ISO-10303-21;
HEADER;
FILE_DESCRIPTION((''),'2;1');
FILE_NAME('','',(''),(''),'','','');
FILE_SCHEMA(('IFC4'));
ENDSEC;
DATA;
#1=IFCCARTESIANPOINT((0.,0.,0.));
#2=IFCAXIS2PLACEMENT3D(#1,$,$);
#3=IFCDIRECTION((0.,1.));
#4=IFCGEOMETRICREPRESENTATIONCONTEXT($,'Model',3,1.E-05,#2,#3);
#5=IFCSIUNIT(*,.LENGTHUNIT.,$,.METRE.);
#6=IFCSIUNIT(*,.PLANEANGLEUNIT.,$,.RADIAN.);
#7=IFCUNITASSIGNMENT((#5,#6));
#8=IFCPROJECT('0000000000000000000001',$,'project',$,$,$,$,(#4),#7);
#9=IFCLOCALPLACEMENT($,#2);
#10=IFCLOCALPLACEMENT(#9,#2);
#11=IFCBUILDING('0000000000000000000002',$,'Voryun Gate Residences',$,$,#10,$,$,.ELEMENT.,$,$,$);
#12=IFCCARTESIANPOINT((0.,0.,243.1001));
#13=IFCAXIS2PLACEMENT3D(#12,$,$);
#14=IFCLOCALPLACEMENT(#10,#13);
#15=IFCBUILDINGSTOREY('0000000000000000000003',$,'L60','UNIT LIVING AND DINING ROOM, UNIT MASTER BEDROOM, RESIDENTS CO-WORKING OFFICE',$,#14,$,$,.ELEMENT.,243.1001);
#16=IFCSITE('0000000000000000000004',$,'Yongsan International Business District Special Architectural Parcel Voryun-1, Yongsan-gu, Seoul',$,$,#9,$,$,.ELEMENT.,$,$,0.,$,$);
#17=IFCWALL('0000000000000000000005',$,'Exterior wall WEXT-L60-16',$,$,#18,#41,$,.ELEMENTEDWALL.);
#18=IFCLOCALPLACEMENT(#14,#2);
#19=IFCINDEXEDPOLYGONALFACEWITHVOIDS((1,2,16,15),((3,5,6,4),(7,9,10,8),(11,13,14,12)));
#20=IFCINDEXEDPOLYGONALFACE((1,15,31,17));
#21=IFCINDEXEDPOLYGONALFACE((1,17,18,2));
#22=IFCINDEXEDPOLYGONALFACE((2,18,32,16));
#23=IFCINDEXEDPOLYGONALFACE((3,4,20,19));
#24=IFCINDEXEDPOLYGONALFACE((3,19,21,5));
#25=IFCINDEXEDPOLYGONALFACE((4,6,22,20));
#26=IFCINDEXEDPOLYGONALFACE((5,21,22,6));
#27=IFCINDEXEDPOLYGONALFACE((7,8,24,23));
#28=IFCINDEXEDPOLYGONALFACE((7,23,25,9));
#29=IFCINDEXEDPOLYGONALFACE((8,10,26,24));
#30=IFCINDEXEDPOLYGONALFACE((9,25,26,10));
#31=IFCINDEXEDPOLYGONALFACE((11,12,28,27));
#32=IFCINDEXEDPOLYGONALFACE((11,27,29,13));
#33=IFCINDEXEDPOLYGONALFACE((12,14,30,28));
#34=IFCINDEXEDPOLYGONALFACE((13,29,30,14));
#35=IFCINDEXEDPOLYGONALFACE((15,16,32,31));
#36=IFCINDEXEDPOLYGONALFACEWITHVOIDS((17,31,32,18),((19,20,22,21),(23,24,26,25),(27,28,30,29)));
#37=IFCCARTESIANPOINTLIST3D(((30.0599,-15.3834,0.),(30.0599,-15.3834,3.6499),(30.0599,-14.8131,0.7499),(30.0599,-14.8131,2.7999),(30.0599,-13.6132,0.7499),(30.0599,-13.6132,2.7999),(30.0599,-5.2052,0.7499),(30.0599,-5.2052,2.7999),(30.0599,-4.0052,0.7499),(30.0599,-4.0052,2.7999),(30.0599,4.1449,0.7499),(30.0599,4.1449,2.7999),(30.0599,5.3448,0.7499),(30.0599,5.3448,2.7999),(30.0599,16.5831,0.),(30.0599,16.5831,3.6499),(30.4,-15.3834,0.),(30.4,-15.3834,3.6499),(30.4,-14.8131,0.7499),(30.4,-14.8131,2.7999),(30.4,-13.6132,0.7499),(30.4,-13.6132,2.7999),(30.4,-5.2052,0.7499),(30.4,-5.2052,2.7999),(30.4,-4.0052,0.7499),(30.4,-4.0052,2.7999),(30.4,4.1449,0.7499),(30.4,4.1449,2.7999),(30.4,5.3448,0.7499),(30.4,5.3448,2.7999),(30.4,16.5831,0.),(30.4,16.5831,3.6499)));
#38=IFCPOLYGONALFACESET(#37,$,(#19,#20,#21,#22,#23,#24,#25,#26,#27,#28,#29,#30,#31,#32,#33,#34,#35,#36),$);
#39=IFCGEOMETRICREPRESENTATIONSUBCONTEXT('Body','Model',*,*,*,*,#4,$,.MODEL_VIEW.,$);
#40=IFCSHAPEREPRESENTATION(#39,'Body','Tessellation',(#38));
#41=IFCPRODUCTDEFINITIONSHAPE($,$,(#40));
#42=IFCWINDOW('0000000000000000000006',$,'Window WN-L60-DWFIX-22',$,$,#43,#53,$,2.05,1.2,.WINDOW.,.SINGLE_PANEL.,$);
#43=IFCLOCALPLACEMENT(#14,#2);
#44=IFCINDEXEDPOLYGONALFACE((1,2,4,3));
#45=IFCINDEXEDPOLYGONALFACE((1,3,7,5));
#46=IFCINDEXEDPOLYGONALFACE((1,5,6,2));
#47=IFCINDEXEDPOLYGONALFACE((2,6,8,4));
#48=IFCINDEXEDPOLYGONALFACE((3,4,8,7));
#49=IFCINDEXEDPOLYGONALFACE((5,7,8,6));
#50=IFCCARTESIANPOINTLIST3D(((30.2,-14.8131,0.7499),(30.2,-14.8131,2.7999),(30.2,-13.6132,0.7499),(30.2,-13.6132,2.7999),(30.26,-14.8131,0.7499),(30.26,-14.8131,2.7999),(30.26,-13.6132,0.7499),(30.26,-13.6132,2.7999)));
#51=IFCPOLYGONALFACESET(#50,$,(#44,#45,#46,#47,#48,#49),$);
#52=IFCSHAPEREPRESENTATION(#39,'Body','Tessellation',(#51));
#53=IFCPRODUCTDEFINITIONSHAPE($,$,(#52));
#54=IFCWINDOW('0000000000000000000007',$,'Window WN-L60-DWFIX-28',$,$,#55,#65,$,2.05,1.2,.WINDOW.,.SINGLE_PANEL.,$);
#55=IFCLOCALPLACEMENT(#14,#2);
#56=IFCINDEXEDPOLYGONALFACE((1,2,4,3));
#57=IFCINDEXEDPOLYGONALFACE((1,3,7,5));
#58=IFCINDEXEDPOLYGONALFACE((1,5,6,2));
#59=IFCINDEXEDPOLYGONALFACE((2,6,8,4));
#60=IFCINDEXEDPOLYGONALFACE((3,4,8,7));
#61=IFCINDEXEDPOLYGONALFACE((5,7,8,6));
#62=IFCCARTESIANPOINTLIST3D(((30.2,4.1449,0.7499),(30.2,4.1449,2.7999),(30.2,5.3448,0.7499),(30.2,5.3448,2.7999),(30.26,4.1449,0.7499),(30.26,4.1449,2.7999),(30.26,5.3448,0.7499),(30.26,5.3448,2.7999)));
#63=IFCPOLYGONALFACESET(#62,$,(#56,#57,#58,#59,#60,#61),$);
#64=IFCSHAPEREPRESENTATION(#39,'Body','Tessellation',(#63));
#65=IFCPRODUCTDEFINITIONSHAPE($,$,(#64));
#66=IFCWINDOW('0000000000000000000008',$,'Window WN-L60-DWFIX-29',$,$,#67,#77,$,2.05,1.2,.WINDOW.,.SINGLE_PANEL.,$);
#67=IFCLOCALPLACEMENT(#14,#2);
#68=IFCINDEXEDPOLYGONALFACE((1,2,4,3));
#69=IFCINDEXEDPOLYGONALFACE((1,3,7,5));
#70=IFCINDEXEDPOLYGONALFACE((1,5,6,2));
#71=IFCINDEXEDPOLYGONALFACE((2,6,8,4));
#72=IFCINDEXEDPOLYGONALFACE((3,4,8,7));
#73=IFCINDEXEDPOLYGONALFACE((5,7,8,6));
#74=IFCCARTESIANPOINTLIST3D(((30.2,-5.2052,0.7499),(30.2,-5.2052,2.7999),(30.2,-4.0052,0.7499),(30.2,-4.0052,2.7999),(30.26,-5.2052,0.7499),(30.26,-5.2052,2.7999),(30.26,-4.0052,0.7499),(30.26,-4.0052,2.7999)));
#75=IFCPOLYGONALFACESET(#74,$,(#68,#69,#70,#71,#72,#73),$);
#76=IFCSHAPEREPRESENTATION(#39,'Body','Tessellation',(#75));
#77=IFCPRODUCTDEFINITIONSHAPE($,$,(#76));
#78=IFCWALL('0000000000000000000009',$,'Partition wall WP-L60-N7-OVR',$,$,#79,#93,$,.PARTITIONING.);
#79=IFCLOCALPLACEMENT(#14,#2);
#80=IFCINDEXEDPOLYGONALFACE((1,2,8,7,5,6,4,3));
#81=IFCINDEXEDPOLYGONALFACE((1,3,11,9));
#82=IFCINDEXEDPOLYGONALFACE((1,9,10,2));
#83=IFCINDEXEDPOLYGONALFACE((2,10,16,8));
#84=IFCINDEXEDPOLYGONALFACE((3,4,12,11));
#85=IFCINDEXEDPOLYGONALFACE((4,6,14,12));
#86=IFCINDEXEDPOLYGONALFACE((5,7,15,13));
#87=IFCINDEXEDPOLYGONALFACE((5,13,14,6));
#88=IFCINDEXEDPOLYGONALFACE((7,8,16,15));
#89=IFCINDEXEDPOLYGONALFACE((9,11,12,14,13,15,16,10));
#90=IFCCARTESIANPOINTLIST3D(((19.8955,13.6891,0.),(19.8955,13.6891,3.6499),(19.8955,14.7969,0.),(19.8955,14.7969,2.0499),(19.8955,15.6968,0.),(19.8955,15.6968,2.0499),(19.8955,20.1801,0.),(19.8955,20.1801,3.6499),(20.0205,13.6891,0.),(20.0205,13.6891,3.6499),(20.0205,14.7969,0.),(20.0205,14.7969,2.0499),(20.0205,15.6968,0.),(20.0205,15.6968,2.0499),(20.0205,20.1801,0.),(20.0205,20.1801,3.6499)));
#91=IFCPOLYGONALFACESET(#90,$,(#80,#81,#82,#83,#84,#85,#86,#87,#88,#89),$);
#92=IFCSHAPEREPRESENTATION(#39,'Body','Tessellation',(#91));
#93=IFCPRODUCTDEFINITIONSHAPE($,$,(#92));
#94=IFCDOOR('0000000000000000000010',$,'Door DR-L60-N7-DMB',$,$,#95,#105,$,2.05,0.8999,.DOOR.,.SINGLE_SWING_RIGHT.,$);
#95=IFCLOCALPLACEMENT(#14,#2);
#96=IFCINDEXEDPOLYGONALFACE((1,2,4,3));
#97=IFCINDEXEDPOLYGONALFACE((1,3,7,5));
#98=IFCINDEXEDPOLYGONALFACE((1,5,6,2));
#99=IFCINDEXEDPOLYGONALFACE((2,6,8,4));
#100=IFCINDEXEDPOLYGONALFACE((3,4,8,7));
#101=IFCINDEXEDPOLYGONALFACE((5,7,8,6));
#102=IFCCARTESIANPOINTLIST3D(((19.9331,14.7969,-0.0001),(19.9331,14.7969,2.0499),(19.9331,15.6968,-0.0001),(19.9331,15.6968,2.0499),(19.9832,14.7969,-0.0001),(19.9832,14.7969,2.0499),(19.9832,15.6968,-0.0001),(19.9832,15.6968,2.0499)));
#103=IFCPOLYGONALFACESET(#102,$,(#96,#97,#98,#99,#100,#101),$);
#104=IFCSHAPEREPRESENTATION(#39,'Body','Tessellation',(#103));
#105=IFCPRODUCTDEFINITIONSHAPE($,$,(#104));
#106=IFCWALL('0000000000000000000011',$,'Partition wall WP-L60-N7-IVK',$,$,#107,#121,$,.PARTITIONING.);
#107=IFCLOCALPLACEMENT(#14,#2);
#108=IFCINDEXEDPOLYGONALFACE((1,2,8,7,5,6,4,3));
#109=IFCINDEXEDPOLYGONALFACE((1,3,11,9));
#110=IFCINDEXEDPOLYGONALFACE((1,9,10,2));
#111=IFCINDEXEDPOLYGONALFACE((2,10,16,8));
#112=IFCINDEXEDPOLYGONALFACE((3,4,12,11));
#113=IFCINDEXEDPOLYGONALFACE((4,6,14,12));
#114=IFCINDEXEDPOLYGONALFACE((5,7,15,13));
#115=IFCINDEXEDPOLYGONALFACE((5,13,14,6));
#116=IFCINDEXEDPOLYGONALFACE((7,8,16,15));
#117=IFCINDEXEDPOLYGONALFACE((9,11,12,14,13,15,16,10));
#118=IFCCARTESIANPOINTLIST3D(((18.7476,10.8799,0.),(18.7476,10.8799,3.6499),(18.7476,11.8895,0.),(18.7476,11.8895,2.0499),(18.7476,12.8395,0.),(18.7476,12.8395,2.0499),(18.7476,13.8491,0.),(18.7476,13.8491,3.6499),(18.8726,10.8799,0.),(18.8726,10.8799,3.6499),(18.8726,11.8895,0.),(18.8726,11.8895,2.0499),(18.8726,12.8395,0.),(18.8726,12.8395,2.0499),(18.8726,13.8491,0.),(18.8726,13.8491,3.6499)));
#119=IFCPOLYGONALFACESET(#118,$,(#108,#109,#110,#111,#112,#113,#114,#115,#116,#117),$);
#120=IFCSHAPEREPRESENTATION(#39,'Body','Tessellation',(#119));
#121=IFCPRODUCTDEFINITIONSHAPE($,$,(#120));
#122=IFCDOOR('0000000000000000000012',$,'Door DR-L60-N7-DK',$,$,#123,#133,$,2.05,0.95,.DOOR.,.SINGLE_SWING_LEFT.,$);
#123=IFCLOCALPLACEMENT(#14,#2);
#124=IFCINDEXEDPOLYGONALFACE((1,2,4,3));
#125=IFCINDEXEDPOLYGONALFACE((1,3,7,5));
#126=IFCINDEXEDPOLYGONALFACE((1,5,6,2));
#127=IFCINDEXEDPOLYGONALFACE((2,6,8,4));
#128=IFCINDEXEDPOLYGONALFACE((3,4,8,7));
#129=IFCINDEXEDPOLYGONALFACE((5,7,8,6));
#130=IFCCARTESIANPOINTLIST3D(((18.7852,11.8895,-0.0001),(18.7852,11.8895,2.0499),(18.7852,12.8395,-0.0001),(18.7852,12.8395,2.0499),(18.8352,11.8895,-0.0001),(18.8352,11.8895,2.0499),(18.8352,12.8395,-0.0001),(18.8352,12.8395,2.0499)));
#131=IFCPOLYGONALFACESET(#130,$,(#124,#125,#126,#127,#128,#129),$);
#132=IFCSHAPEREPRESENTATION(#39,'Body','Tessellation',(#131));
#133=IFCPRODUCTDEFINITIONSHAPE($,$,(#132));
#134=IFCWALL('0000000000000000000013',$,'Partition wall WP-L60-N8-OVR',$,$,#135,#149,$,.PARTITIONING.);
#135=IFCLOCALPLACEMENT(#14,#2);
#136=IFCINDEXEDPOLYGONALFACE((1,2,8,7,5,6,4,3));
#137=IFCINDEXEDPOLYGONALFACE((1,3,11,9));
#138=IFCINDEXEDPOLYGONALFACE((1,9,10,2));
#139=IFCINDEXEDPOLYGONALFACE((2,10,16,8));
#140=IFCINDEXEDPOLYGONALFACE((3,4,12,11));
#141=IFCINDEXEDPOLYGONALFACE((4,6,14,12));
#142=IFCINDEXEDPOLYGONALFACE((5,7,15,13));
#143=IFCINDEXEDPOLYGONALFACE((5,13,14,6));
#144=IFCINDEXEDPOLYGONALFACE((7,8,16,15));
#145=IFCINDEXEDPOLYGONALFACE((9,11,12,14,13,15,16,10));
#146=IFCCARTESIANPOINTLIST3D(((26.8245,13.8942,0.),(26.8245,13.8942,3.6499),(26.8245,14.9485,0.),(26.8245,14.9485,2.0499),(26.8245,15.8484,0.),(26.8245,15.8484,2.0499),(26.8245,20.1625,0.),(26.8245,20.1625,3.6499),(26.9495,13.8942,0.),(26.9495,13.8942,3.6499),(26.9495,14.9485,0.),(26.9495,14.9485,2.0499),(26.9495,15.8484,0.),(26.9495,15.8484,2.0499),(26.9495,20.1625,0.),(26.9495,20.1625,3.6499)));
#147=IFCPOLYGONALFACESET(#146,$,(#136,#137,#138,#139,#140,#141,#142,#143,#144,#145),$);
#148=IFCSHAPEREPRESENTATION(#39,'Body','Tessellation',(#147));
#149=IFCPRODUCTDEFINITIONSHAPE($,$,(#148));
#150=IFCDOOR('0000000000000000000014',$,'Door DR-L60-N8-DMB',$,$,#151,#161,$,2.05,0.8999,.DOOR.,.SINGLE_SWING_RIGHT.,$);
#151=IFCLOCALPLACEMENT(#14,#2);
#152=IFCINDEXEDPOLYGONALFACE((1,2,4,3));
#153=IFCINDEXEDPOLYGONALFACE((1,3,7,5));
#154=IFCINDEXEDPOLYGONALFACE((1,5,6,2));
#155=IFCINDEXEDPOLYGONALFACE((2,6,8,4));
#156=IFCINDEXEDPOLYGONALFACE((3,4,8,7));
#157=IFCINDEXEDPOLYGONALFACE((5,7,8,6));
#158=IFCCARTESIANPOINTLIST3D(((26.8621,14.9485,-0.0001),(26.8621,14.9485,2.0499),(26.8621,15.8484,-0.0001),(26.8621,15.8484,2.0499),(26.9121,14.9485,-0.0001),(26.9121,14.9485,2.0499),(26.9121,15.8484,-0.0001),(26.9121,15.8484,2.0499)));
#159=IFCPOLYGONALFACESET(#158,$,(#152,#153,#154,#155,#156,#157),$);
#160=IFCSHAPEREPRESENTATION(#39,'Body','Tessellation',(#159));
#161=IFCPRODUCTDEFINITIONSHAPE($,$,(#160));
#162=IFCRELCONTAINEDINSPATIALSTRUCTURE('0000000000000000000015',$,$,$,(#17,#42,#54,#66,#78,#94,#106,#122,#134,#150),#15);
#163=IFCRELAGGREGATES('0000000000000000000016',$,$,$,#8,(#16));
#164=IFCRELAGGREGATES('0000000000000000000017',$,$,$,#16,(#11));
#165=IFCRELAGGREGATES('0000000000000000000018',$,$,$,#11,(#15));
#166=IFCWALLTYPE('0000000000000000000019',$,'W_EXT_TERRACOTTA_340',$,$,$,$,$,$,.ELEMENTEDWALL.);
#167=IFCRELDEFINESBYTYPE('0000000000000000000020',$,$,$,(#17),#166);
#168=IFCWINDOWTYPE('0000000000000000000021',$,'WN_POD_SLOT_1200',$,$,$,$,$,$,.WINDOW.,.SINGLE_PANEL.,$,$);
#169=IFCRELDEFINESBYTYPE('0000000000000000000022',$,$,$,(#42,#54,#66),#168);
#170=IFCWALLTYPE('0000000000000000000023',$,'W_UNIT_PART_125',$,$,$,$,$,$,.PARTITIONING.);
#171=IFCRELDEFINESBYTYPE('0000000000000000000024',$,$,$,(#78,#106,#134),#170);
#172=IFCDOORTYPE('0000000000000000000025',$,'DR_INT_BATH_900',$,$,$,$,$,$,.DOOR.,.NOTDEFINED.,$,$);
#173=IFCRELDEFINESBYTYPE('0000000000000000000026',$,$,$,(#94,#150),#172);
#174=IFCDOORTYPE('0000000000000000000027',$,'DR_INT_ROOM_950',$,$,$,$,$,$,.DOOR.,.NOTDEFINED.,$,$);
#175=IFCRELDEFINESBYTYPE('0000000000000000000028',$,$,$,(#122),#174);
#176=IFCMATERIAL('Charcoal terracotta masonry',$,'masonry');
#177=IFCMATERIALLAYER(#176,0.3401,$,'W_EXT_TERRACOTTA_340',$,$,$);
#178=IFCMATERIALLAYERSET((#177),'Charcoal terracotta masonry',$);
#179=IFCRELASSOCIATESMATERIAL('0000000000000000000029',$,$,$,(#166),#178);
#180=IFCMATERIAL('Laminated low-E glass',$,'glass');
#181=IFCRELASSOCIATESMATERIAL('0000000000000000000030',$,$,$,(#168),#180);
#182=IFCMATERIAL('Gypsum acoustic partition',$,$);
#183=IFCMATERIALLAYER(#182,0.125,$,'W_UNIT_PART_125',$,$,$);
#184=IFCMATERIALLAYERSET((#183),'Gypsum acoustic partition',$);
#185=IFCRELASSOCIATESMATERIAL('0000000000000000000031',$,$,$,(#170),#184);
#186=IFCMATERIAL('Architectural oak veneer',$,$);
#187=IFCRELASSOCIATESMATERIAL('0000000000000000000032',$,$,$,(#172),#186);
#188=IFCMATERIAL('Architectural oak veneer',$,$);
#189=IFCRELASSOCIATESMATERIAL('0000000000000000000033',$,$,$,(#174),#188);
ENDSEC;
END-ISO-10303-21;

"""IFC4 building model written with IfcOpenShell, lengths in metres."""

from ifc_helpers import new_model, si_unit, direction, frame, frame_2d, origin, place, context, subcontext, project, spatial, rectangle, extrude, material, layer, layer_set, type_object, element, fill, save


model = new_model("IFC4")

# Units and contexts
model_context = context("Model", 3, precision=1e-05, world=origin(), true_north=direction((0.0, 1.0)))
body_context = subcontext(model_context, "Body", "Model", "MODEL_VIEW")
ifc_project = project(units=[si_unit("LENGTHUNIT", "METRE"), si_unit("PLANEANGLEUNIT", "RADIAN")], contexts=[model_context])

# Site, building, storey
site_placement = place(None, origin())
site = spatial("IfcSite", under=ifc_project, at=site_placement, Name="Yongsan International Business District Special Architectural Parcel Voryun-1, Yongsan-gu, Seoul", CompositionType="ELEMENT", RefElevation=0.0)
building_placement = place(site_placement, origin())
building = spatial("IfcBuilding", under=site, at=building_placement, Name="Voryun Gate Residences", CompositionType="ELEMENT")
storey_placement = place(building_placement, frame((0.0, 0.0, 243.1001)))
storey = spatial("IfcBuildingStorey", under=building, at=storey_placement, Name="L60", Description="UNIT LIVING AND DINING ROOM, UNIT MASTER BEDROOM, RESIDENTS CO-WORKING OFFICE", CompositionType="ELEMENT", Elevation=243.1001)

# Shared definitions
ifc_material_1 = material(Name="Charcoal terracotta masonry", Category="masonry")
ifc_layer_1 = layer(ifc_material_1, 0.3401, Name="W_EXT_TERRACOTTA_340")
ifc_layer_set_1 = layer_set([ifc_layer_1], Name="Charcoal terracotta masonry")
wall_type_1 = type_object("IfcWallType", Name="W_EXT_TERRACOTTA_340", PredefinedType="ELEMENTEDWALL", material=ifc_layer_set_1)

# Wall, openings, windows
wall_1_placement = place(storey_placement, frame((30.23, 16.5833, 0.0), z_axis=(0.0, 0.0, 1.0), x_axis=(0.0, -1.0, 0.0)))
wall_1 = element("IfcWall", 1, at=wall_1_placement, inside=storey, type_object=wall_type_1, Name="Exterior wall WEXT-L60-16", PredefinedType="ELEMENTEDWALL", context=body_context, shape_type="SweptSolid", body=[
    extrude(rectangle(XDim=31.9666, YDim=0.3401, at=frame_2d((15.9834, 0.0))), origin(), (0.0, 0.0, 1.0), 3.6499),
])
opening_1_placement = place(wall_1_placement, frame((30.1963, 0.0, 0.75)))
opening_1 = element("IfcOpeningElement", 2, at=opening_1_placement, cuts=wall_1, PredefinedType="OPENING", context=body_context, shape_type="SweptSolid", body=[
    extrude(rectangle(XDim=1.2, YDim=2.05, at=frame_2d((0.6001, 1.0249))), frame((0.0, 0.1799, 0.0), z_axis=(0.0, -1.0, 0.0), x_axis=(1.0, 0.0, 0.0)), (0.0, 0.0, 1.0), 0.3601),
])
opening_2_placement = place(wall_1_placement, frame((11.2383, 0.0, 0.75)))
opening_2 = element("IfcOpeningElement", 3, at=opening_2_placement, cuts=wall_1, PredefinedType="OPENING", context=body_context, shape_type="SweptSolid", body=[
    extrude(rectangle(XDim=1.2, YDim=2.05, at=frame_2d((0.6001, 1.0249))), frame((0.0, 0.1799, 0.0), z_axis=(0.0, -1.0, 0.0), x_axis=(1.0, 0.0, 0.0)), (0.0, 0.0, 1.0), 0.3601),
])
opening_3_placement = place(wall_1_placement, frame((20.5884, 0.0, 0.75)))
opening_3 = element("IfcOpeningElement", 4, at=opening_3_placement, cuts=wall_1, PredefinedType="OPENING", context=body_context, shape_type="SweptSolid", body=[
    extrude(rectangle(XDim=1.2, YDim=2.05, at=frame_2d((0.6001, 1.0249))), frame((0.0, 0.1799, 0.0), z_axis=(0.0, -1.0, 0.0), x_axis=(1.0, 0.0, 0.0)), (0.0, 0.0, 1.0), 0.3601),
])
ifc_material_2 = material(Name="Laminated low-E glass", Category="glass")
window_type_1 = type_object("IfcWindowType", Name="WN_POD_SLOT_1200", PartitioningType="SINGLE_PANEL", PredefinedType="WINDOW", material=ifc_material_2)
window_1_placement = place(opening_1_placement, origin())
window_1 = element("IfcWindow", 5, at=window_1_placement, inside=storey, type_object=window_type_1, Name="Window WN-L60-DWFIX-22", OverallHeight=2.05, OverallWidth=1.2, PartitioningType="SINGLE_PANEL", PredefinedType="WINDOW", context=body_context, shape_type="SweptSolid", body=[
    extrude(rectangle(XDim=1.2, YDim=2.05, at=frame_2d((0.6001, 1.0249))), frame((0.0, 0.03, 0.0), z_axis=(0.0, -1.0, 0.0), x_axis=(1.0, 0.0, 0.0)), (0.0, 0.0, 1.0), 0.0601),
])
fill(opening_1, window_1)
window_2_placement = place(opening_2_placement, origin())
window_2 = element("IfcWindow", 6, at=window_2_placement, inside=storey, type_object=window_type_1, Name="Window WN-L60-DWFIX-28", OverallHeight=2.05, OverallWidth=1.2, PartitioningType="SINGLE_PANEL", PredefinedType="WINDOW", context=body_context, shape_type="SweptSolid", body=[
    extrude(rectangle(XDim=1.2, YDim=2.05, at=frame_2d((0.6001, 1.0249))), frame((0.0, 0.03, 0.0), z_axis=(0.0, -1.0, 0.0), x_axis=(1.0, 0.0, 0.0)), (0.0, 0.0, 1.0), 0.0601),
])
fill(opening_2, window_2)
window_3_placement = place(opening_3_placement, origin())
window_3 = element("IfcWindow", 7, at=window_3_placement, inside=storey, type_object=window_type_1, Name="Window WN-L60-DWFIX-29", OverallHeight=2.05, OverallWidth=1.2, PartitioningType="SINGLE_PANEL", PredefinedType="WINDOW", context=body_context, shape_type="SweptSolid", body=[
    extrude(rectangle(XDim=1.2, YDim=2.05, at=frame_2d((0.6001, 1.0249))), frame((0.0, 0.03, 0.0), z_axis=(0.0, -1.0, 0.0), x_axis=(1.0, 0.0, 0.0)), (0.0, 0.0, 1.0), 0.0601),
])
fill(opening_3, window_3)

# Walls, openings, doors
ifc_material_3 = material(Name="Gypsum acoustic partition")
ifc_layer_2 = layer(ifc_material_3, 0.125, Name="W_UNIT_PART_125")
ifc_layer_set_2 = layer_set([ifc_layer_2], Name="Gypsum acoustic partition")
wall_type_2 = type_object("IfcWallType", Name="W_UNIT_PART_125", PredefinedType="PARTITIONING", material=ifc_layer_set_2)
wall_2_placement = place(storey_placement, frame((19.958, 13.689, 0.0), z_axis=(0.0, 0.0, 1.0), x_axis=(0.0, 1.0, 0.0)))
wall_2 = element("IfcWall", 8, at=wall_2_placement, inside=storey, type_object=wall_type_2, Name="Partition wall WP-L60-N7-OVR", PredefinedType="PARTITIONING", context=body_context, shape_type="SweptSolid", body=[
    extrude(rectangle(XDim=6.491, YDim=0.125, at=frame_2d((3.2456, 0.0))), origin(), (0.0, 0.0, 1.0), 3.6499),
])
opening_4_placement = place(wall_2_placement, frame((1.1079, 0.0, 0.0)))
opening_4 = element("IfcOpeningElement", 9, at=opening_4_placement, cuts=wall_2, PredefinedType="OPENING", context=body_context, shape_type="SweptSolid", body=[
    extrude(rectangle(XDim=0.8999, YDim=2.05, at=frame_2d((0.45, 1.0249))), frame((0.0, 0.0725, 0.0), z_axis=(0.0, -1.0, 0.0), x_axis=(1.0, 0.0, 0.0)), (0.0, 0.0, 1.0), 0.145),
])
ifc_material_4 = material(Name="Architectural oak veneer")
door_type_1 = type_object("IfcDoorType", Name="DR_INT_BATH_900", OperationType="NOTDEFINED", PredefinedType="DOOR", material=ifc_material_4)
door_1_placement = place(opening_4_placement, origin())
door_1 = element("IfcDoor", 10, at=door_1_placement, inside=storey, type_object=door_type_1, Name="Door DR-L60-N7-DMB", OperationType="SINGLE_SWING_RIGHT", OverallHeight=2.05, OverallWidth=0.8999, PredefinedType="DOOR", context=body_context, shape_type="SweptSolid", body=[
    extrude(rectangle(XDim=0.8999, YDim=2.05, at=frame_2d((0.45, 1.0249))), frame((0.0, 0.0249, 0.0), z_axis=(0.0, -1.0, 0.0), x_axis=(1.0, 0.0, 0.0)), (0.0, 0.0, 1.0), 0.05),
])
fill(opening_4, door_1)
wall_3_placement = place(storey_placement, frame((18.8101, 10.8799, 0.0), z_axis=(0.0, 0.0, 1.0), x_axis=(0.0, 1.0, 0.0)))
wall_3 = element("IfcWall", 11, at=wall_3_placement, inside=storey, type_object=wall_type_2, Name="Partition wall WP-L60-N7-IVK", PredefinedType="PARTITIONING", context=body_context, shape_type="SweptSolid", body=[
    extrude(rectangle(XDim=2.9692, YDim=0.125, at=frame_2d((1.4846, 0.0))), origin(), (0.0, 0.0, 1.0), 3.6499),
])
opening_5_placement = place(wall_3_placement, frame((1.0095, 0.0, 0.0)))
opening_5 = element("IfcOpeningElement", 12, at=opening_5_placement, cuts=wall_3, PredefinedType="OPENING", context=body_context, shape_type="SweptSolid", body=[
    extrude(rectangle(XDim=0.95, YDim=2.05, at=frame_2d((0.4751, 1.0249))), frame((0.0, 0.0725, 0.0), z_axis=(0.0, -1.0, 0.0), x_axis=(1.0, 0.0, 0.0)), (0.0, 0.0, 1.0), 0.145),
])
ifc_material_5 = material(Name="Architectural oak veneer")
door_type_2 = type_object("IfcDoorType", Name="DR_INT_ROOM_950", OperationType="NOTDEFINED", PredefinedType="DOOR", material=ifc_material_5)
door_2_placement = place(opening_5_placement, origin())
door_2 = element("IfcDoor", 13, at=door_2_placement, inside=storey, type_object=door_type_2, Name="Door DR-L60-N7-DK", OperationType="SINGLE_SWING_LEFT", OverallHeight=2.05, OverallWidth=0.95, PredefinedType="DOOR", context=body_context, shape_type="SweptSolid", body=[
    extrude(rectangle(XDim=0.95, YDim=2.05, at=frame_2d((0.4751, 1.0249))), frame((0.0, 0.0249, 0.0), z_axis=(0.0, -1.0, 0.0), x_axis=(1.0, 0.0, 0.0)), (0.0, 0.0, 1.0), 0.05),
])
fill(opening_5, door_2)
wall_4_placement = place(storey_placement, frame((26.887, 13.894, 0.0), z_axis=(0.0, 0.0, 1.0), x_axis=(0.0, 1.0, 0.0)))
wall_4 = element("IfcWall", 14, at=wall_4_placement, inside=storey, type_object=wall_type_2, Name="Partition wall WP-L60-N8-OVR", PredefinedType="PARTITIONING", context=body_context, shape_type="SweptSolid", body=[
    extrude(rectangle(XDim=6.2683, YDim=0.125, at=frame_2d((3.1343, 0.0))), origin(), (0.0, 0.0, 1.0), 3.6499),
])
opening_6_placement = place(wall_4_placement, frame((1.0544, 0.0, 0.0)))
opening_6 = element("IfcOpeningElement", 15, at=opening_6_placement, cuts=wall_4, PredefinedType="OPENING", context=body_context, shape_type="SweptSolid", body=[
    extrude(rectangle(XDim=0.8999, YDim=2.05, at=frame_2d((0.45, 1.0249))), frame((0.0, 0.0725, 0.0), z_axis=(0.0, -1.0, 0.0), x_axis=(1.0, 0.0, 0.0)), (0.0, 0.0, 1.0), 0.145),
])
door_3_placement = place(opening_6_placement, origin())
door_3 = element("IfcDoor", 16, at=door_3_placement, inside=storey, type_object=door_type_1, Name="Door DR-L60-N8-DMB", OperationType="SINGLE_SWING_RIGHT", OverallHeight=2.05, OverallWidth=0.8999, PredefinedType="DOOR", context=body_context, shape_type="SweptSolid", body=[
    extrude(rectangle(XDim=0.8999, YDim=2.05, at=frame_2d((0.45, 1.0249))), frame((0.0, 0.0249, 0.0), z_axis=(0.0, -1.0, 0.0), x_axis=(1.0, 0.0, 0.0)), (0.0, 0.0, 1.0), 0.05),
])
fill(opening_6, door_3)

save(model, "model.ifc")
